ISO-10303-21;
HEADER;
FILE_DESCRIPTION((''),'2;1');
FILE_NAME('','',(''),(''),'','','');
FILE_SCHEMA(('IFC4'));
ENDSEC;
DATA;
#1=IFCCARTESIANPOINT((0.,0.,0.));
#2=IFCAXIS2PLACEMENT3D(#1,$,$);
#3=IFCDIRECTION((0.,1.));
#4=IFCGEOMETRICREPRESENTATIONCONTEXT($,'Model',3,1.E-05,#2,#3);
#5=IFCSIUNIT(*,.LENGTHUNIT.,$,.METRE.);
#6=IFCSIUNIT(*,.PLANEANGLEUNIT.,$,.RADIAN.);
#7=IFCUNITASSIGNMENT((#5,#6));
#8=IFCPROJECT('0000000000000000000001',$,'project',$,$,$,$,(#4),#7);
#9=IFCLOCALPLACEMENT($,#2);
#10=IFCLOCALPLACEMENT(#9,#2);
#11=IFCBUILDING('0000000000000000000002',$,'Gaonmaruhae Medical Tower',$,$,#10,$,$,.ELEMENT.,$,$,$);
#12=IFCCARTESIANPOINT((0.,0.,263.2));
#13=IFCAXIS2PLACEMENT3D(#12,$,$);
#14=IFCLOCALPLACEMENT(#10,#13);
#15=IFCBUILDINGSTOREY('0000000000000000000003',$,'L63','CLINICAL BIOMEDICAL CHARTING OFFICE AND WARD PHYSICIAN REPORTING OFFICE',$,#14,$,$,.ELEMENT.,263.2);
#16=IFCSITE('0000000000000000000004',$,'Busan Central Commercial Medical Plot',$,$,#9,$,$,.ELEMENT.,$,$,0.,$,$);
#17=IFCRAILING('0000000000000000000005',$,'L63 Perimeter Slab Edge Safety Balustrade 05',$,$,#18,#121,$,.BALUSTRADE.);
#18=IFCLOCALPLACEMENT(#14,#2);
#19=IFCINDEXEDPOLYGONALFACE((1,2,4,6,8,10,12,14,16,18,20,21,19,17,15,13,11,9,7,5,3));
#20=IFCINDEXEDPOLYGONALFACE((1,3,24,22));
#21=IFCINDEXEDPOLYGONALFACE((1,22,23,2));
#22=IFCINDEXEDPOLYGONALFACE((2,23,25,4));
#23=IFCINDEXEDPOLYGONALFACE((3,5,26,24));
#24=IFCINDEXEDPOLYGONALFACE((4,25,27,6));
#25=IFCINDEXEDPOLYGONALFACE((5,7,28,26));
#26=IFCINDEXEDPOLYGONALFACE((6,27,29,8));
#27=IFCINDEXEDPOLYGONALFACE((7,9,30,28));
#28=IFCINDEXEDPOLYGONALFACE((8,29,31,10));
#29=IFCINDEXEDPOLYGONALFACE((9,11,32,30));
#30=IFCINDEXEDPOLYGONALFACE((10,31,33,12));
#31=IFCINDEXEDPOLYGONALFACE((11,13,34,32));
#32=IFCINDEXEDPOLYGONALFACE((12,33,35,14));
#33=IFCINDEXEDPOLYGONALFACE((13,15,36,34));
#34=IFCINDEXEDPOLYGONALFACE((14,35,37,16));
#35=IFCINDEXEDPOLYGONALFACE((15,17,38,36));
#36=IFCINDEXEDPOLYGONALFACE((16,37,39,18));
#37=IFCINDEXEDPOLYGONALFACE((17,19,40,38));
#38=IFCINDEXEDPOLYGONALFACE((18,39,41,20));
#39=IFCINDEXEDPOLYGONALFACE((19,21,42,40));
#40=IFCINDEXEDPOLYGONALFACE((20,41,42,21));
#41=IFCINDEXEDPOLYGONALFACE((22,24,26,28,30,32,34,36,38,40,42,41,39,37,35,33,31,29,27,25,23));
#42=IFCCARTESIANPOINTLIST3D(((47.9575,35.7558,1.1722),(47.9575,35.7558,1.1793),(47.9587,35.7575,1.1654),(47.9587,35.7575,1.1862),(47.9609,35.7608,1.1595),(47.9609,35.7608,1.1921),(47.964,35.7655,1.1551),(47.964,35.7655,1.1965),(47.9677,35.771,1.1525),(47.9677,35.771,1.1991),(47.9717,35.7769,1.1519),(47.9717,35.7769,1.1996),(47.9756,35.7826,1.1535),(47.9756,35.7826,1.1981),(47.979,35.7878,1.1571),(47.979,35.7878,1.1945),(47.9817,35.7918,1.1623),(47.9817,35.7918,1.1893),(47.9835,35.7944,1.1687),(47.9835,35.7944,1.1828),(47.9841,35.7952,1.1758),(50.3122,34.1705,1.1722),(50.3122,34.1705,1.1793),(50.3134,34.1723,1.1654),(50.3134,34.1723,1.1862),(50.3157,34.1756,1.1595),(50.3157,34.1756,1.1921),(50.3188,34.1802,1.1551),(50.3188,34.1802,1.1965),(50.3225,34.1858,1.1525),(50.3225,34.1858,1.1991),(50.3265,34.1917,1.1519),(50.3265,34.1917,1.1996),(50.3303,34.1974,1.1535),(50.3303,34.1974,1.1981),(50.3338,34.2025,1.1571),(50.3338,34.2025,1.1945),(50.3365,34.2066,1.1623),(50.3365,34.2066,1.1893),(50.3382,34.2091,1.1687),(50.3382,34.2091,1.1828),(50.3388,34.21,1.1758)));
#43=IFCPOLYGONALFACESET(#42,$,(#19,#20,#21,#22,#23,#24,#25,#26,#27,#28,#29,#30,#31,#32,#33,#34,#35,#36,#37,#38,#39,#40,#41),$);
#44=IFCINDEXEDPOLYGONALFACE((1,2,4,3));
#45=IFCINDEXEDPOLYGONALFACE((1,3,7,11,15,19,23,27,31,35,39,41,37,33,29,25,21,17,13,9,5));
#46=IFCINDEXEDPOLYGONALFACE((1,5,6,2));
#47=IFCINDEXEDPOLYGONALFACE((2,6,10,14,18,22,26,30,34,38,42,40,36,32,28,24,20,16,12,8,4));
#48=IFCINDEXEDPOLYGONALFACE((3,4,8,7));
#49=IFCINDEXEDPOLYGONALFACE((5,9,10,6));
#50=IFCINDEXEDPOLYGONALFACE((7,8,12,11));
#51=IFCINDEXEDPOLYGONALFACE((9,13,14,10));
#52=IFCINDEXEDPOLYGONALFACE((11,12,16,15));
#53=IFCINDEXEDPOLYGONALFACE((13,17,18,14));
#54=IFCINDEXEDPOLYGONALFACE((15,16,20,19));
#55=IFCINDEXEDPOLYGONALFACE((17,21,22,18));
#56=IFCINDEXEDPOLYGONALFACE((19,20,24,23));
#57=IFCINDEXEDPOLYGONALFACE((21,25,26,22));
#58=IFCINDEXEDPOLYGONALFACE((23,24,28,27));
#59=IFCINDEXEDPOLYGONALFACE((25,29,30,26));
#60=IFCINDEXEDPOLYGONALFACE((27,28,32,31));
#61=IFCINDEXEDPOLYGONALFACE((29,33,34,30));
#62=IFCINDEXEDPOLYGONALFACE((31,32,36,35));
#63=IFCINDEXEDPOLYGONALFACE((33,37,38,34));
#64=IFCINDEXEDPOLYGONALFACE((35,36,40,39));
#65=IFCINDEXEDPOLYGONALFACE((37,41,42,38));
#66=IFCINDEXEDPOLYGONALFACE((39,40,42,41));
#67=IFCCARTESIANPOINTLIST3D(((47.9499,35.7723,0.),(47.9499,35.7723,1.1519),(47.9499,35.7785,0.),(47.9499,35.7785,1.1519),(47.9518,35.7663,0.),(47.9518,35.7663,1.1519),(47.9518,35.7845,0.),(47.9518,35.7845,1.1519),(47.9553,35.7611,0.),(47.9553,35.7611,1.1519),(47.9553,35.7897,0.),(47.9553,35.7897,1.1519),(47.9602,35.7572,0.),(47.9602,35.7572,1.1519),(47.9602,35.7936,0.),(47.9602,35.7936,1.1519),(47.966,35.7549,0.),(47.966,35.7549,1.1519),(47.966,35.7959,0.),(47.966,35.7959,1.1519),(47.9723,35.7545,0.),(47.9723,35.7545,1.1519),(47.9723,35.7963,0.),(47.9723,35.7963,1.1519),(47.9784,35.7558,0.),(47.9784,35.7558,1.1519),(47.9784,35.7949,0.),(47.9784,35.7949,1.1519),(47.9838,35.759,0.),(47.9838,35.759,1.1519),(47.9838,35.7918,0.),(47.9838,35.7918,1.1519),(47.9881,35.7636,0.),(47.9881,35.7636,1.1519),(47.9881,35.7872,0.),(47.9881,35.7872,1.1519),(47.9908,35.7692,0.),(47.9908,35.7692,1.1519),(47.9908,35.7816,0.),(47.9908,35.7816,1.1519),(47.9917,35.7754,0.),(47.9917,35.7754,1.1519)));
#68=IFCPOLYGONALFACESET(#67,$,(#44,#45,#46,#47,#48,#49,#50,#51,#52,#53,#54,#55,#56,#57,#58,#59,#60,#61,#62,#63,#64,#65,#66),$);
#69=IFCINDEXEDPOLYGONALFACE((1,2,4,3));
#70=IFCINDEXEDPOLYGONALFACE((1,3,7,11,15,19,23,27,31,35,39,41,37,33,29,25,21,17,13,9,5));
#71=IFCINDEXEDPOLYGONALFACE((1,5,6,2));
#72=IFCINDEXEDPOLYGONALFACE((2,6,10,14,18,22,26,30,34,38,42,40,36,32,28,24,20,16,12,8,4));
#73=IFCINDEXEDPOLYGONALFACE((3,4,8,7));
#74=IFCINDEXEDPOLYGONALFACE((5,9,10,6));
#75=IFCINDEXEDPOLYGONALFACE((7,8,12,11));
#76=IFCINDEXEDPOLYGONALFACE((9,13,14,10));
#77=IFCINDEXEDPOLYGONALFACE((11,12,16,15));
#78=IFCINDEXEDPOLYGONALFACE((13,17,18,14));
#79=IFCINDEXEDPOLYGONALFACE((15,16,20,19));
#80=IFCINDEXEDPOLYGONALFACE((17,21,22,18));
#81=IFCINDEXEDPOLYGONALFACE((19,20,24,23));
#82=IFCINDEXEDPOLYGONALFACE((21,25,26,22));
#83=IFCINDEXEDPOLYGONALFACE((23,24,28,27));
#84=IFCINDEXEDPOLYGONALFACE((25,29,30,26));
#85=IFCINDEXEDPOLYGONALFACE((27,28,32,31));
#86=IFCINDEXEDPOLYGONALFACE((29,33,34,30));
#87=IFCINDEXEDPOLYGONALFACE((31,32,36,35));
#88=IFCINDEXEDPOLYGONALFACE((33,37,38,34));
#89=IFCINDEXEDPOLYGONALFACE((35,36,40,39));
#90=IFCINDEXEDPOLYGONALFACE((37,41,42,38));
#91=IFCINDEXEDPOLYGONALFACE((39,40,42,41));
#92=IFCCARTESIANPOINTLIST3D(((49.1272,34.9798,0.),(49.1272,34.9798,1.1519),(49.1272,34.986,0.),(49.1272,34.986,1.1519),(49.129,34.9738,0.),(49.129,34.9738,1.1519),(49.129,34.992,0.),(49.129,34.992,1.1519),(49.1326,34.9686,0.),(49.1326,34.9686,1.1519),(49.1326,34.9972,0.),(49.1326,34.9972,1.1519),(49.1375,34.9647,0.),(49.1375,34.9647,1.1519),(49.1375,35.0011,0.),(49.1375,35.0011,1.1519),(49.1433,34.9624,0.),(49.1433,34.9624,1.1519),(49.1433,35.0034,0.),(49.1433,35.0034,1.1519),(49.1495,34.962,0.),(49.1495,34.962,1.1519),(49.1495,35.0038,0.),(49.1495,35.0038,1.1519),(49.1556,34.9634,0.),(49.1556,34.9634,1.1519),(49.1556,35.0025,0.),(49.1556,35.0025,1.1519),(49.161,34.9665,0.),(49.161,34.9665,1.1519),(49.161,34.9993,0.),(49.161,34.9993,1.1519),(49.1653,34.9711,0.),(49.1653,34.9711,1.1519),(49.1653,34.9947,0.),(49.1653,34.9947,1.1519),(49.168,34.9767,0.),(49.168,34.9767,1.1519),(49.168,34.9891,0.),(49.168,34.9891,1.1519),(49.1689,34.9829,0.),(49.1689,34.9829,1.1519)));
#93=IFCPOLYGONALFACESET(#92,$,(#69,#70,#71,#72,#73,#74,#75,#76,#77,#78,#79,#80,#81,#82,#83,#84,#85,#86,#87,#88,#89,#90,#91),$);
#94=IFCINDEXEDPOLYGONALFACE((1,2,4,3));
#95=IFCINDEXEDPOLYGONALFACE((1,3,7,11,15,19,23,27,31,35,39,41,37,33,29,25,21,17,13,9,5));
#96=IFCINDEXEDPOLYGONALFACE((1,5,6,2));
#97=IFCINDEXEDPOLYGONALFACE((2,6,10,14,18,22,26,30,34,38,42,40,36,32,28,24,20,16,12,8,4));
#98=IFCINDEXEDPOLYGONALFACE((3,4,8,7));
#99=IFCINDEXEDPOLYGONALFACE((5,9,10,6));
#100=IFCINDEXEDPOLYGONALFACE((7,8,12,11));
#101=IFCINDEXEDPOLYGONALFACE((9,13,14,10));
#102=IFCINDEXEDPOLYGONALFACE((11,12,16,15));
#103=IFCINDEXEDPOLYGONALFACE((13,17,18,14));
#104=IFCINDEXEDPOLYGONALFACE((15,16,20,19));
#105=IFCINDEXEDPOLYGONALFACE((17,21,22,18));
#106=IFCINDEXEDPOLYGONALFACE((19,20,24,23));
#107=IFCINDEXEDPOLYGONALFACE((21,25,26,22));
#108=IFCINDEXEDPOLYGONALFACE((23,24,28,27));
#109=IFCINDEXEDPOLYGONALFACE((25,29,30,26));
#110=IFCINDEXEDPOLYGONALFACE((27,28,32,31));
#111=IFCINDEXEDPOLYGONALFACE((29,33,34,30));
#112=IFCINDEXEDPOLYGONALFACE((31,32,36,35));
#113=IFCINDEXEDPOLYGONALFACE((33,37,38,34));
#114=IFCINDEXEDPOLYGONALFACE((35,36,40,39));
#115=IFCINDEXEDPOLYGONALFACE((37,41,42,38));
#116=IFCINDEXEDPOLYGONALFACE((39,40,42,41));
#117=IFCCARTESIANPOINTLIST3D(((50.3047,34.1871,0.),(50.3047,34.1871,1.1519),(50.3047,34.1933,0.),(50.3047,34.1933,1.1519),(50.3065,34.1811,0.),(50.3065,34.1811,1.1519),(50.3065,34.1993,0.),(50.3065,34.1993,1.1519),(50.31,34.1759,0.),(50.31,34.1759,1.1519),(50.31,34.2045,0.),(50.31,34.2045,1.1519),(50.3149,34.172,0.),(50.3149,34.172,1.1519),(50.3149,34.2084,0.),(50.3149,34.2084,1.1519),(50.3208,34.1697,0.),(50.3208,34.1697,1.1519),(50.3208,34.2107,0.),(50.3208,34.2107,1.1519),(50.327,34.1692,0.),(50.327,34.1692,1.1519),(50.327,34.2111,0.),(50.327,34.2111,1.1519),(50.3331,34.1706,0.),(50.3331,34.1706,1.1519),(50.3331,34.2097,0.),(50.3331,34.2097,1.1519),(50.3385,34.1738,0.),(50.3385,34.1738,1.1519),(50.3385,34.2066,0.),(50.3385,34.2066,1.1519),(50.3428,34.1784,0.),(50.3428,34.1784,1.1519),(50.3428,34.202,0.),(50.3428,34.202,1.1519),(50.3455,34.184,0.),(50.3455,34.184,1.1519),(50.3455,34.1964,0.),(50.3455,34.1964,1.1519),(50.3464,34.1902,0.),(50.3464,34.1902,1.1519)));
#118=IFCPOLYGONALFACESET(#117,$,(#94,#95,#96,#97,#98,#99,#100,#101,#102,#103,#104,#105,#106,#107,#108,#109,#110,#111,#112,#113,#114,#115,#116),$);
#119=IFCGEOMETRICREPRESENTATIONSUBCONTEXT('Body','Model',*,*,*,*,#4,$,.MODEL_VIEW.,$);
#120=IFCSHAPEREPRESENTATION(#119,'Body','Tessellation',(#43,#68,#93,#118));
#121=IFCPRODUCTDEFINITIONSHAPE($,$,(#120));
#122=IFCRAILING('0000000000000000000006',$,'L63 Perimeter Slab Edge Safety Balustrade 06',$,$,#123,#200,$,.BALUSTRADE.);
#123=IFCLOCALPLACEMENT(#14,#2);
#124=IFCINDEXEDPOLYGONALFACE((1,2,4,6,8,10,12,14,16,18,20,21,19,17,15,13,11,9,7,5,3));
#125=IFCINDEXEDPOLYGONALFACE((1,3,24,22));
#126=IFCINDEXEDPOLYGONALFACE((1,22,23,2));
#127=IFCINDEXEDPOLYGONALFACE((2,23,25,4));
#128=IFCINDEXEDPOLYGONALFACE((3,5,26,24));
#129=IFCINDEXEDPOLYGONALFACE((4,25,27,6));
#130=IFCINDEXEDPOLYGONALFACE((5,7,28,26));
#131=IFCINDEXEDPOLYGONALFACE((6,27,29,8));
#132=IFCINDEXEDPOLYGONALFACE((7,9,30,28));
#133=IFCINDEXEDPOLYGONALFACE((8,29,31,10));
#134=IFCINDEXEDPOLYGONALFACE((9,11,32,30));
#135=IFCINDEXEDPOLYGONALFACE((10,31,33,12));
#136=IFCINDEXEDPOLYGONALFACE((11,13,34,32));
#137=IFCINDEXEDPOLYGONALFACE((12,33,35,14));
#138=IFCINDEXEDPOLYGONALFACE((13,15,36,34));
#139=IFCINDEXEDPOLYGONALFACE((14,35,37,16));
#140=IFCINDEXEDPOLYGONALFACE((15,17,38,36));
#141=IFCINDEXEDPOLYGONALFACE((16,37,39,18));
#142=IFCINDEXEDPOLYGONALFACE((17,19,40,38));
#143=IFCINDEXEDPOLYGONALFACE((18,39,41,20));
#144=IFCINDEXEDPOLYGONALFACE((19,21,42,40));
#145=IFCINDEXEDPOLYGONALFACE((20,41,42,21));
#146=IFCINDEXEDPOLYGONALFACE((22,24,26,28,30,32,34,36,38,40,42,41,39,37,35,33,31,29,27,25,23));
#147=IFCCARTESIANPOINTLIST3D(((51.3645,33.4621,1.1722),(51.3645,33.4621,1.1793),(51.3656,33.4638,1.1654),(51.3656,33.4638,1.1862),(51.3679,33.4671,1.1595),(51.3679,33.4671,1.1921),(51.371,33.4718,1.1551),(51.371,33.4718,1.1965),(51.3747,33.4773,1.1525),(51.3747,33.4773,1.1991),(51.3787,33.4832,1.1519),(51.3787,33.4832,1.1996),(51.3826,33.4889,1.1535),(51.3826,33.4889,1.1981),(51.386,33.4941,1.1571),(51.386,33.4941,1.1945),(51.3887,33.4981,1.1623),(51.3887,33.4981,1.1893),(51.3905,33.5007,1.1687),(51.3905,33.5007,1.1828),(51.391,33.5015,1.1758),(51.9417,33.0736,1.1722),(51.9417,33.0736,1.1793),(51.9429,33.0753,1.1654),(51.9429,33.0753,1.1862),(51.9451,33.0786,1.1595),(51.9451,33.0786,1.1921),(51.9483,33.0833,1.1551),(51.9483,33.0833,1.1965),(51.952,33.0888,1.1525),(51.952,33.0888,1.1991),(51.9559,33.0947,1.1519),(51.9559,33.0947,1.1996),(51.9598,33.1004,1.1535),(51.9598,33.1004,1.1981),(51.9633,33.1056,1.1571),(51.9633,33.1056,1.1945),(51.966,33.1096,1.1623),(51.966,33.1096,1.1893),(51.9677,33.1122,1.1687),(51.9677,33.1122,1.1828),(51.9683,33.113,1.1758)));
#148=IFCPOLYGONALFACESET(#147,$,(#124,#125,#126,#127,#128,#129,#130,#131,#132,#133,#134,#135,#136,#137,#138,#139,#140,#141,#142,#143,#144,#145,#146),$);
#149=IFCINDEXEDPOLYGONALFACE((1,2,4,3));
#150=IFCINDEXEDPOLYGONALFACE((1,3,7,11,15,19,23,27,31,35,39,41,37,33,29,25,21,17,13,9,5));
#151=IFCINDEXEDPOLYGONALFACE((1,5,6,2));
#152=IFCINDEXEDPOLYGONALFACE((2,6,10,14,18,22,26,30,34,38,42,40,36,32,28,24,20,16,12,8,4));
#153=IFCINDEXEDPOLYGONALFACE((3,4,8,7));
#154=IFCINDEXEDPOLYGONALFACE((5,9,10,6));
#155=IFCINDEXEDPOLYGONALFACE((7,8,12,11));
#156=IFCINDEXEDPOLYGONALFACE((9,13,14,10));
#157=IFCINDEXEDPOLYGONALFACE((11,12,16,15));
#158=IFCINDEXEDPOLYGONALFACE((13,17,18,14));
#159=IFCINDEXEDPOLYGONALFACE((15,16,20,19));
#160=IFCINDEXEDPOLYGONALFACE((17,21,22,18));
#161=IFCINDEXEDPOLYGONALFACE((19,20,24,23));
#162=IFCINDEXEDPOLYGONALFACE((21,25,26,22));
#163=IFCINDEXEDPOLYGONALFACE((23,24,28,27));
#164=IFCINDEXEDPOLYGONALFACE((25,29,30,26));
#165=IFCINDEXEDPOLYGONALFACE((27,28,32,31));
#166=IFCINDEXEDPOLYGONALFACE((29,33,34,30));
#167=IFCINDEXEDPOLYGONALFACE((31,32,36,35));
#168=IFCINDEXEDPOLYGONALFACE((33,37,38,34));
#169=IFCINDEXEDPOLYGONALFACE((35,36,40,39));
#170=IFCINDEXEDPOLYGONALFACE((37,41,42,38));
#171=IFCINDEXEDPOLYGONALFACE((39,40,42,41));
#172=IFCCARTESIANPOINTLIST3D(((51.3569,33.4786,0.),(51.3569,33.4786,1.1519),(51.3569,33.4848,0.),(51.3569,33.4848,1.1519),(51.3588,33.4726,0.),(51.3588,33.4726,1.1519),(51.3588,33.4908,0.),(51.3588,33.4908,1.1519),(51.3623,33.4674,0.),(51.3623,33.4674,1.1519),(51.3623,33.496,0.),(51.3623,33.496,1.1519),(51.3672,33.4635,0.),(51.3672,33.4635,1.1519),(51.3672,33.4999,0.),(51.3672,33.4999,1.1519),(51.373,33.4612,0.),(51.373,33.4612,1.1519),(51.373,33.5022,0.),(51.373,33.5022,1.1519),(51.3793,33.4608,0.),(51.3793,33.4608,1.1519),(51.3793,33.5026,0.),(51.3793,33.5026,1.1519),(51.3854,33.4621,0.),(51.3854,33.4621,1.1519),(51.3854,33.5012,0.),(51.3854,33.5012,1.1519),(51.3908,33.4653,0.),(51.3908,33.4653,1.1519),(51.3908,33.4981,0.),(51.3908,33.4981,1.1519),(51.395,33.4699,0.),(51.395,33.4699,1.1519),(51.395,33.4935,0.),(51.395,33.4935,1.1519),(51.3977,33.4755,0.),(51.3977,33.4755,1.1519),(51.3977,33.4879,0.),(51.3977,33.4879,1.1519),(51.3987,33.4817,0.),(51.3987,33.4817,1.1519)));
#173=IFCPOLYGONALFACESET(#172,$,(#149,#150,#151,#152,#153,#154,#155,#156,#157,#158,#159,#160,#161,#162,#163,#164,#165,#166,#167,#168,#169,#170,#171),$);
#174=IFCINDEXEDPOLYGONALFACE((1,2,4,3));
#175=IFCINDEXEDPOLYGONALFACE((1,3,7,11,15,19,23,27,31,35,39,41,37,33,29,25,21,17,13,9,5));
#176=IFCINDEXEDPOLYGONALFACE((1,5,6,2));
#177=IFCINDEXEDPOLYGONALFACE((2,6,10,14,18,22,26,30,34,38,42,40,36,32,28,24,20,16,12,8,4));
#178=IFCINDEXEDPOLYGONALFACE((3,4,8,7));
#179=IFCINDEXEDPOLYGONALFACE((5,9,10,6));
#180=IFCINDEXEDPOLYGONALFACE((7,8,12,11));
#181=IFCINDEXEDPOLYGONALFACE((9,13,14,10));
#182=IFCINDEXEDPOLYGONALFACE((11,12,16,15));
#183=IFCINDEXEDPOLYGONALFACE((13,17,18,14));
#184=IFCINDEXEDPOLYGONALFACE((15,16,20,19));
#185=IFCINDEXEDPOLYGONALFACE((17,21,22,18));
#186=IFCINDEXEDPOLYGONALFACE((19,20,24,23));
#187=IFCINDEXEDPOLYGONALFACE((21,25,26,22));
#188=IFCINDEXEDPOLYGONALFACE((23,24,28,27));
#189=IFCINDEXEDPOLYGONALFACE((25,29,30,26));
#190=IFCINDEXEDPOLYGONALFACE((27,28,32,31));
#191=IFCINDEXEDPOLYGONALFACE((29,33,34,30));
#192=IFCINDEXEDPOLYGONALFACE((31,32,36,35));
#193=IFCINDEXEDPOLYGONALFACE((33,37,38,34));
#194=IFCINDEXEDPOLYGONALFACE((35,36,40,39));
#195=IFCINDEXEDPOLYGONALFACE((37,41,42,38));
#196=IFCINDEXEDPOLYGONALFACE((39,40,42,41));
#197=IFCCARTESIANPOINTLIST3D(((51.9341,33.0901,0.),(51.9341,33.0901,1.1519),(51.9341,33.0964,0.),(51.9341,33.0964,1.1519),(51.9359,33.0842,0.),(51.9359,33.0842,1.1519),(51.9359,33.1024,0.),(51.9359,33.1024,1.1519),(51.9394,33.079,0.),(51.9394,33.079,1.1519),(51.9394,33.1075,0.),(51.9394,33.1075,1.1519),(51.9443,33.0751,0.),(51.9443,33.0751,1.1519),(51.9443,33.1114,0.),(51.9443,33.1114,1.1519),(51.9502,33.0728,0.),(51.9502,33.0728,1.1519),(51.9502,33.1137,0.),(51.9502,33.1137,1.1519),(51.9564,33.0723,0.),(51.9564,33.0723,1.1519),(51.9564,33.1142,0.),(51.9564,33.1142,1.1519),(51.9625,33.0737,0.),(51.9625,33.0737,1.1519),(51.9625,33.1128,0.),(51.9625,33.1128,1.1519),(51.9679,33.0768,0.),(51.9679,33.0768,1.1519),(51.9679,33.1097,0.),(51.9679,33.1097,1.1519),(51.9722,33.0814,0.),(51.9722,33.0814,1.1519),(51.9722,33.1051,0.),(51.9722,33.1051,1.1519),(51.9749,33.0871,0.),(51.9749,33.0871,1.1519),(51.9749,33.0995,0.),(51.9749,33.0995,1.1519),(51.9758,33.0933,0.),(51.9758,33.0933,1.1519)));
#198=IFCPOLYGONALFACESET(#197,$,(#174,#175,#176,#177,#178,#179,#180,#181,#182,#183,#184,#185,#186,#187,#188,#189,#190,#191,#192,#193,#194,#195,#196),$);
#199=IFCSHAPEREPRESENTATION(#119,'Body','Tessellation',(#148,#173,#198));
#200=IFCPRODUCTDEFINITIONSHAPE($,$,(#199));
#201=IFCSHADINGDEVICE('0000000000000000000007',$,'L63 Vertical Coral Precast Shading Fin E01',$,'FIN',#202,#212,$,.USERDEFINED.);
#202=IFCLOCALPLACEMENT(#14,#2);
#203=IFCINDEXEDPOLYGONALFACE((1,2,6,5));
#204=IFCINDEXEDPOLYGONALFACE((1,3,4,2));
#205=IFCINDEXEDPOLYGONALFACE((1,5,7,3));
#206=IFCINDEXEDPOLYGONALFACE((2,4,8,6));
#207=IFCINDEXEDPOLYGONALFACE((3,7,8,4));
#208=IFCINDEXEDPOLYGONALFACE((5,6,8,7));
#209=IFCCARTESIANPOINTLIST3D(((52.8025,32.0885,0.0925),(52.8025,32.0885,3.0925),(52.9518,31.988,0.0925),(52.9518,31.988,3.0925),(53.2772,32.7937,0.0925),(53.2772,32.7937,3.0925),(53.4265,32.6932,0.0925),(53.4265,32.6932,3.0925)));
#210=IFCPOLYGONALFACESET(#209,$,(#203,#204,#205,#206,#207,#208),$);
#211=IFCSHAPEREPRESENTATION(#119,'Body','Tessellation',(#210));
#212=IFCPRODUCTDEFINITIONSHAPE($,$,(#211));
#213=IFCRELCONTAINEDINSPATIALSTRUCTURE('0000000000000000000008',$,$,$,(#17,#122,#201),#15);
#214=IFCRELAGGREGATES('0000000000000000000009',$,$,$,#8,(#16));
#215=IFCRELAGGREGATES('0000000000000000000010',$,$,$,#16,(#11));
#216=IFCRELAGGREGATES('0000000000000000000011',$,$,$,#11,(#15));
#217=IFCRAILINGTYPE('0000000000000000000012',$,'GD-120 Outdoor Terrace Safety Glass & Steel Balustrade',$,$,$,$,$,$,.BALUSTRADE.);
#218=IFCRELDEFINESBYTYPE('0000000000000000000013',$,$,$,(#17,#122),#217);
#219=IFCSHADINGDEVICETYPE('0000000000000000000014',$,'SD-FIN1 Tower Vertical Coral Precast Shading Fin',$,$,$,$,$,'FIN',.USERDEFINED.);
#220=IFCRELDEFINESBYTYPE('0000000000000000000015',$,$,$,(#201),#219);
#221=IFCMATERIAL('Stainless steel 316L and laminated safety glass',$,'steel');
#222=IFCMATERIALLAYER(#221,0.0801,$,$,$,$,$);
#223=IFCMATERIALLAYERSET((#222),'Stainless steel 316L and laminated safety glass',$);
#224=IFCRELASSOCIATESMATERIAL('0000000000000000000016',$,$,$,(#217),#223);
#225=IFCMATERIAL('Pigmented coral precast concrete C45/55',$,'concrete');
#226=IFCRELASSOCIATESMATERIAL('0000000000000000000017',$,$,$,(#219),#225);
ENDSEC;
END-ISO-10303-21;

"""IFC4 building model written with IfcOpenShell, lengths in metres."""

from ifc_helpers import new_model, si_unit, direction, frame, origin, origin_2d, place, context, subcontext, project, spatial, rectangle, circle, extrude, material, layer, layer_set, type_object, element, save


model = new_model("IFC4")

# Units and contexts
model_context = context("Model", 3, precision=1e-05, world=origin(), true_north=direction((0.0, 1.0)))
body_context = subcontext(model_context, "Body", "Model", "MODEL_VIEW")
ifc_project = project(units=[si_unit("LENGTHUNIT", "METRE"), si_unit("PLANEANGLEUNIT", "RADIAN")], contexts=[model_context])

# Site, building, storey
site_placement = place(None, origin())
site = spatial("IfcSite", under=ifc_project, at=site_placement, Name="Busan Central Commercial Medical Plot", CompositionType="ELEMENT", RefElevation=0.0)
building_placement = place(site_placement, origin())
building = spatial("IfcBuilding", under=site, at=building_placement, Name="Gaonmaruhae Medical Tower", CompositionType="ELEMENT")
storey_placement = place(building_placement, frame((0.0, 0.0, 263.2)))
storey = spatial("IfcBuildingStorey", under=building, at=storey_placement, Name="L63", Description="CLINICAL BIOMEDICAL CHARTING OFFICE AND WARD PHYSICIAN REPORTING OFFICE", CompositionType="ELEMENT", Elevation=263.2)

# Railings
ifc_material_1 = material(Name="Stainless steel 316L and laminated safety glass", Category="steel")
ifc_layer_1 = layer(ifc_material_1, 0.0801)
ifc_layer_set_1 = layer_set([ifc_layer_1], Name="Stainless steel 316L and laminated safety glass")
railing_type = type_object("IfcRailingType", Name="GD-120 Outdoor Terrace Safety Glass & Steel Balustrade", PredefinedType="BALUSTRADE", material=ifc_layer_set_1)
railing_1_placement = place(storey_placement, frame((47.9707, 35.7754, 0.0)))
element("IfcRailing", 1, at=railing_1_placement, inside=storey, type_object=railing_type, Name="L63 Perimeter Slab Edge Safety Balustrade 05", PredefinedType="BALUSTRADE", context=body_context, shape_type="SweptSolid", body=[
    extrude(circle(Radius=0.0239, at=origin_2d()), frame((0.0, 0.0, 1.1758), z_axis=(0.829541, -0.558446, 0.0), x_axis=(0.558446, 0.829541, 0.0)), (0.0, 0.0, 1.0), 2.8386),
    extrude(circle(Radius=0.021, at=origin_2d()), origin(), (0.0, 0.0, 1.0), 1.1519),
    extrude(circle(Radius=0.021, at=origin_2d()), frame((1.1772, -0.7925, 0.0)), (0.0, 0.0, 1.0), 1.1519),
    extrude(circle(Radius=0.021, at=origin_2d()), frame((2.3547, -1.5852, 0.0)), (0.0, 0.0, 1.0), 1.1519),
])
railing_2_placement = place(storey_placement, frame((51.3777, 33.4817, 0.0)))
element("IfcRailing", 2, at=railing_2_placement, inside=storey, type_object=railing_type, Name="L63 Perimeter Slab Edge Safety Balustrade 06", PredefinedType="BALUSTRADE", context=body_context, shape_type="SweptSolid", body=[
    extrude(circle(Radius=0.0239, at=origin_2d()), frame((0.0, 0.0, 1.1758), z_axis=(0.829613, -0.558339, 0.0), x_axis=(0.558339, 0.829613, 0.0)), (0.0, 0.0, 1.0), 0.6958),
    extrude(circle(Radius=0.021, at=origin_2d()), origin(), (0.0, 0.0, 1.0), 1.1519),
    extrude(circle(Radius=0.021, at=origin_2d()), frame((0.5771, -0.3884, 0.0)), (0.0, 0.0, 1.0), 1.1519),
])

# Shading device
ifc_material_2 = material(Name="Pigmented coral precast concrete C45/55", Category="concrete")
shading_device_type = type_object("IfcShadingDeviceType", Name="SD-FIN1 Tower Vertical Coral Precast Shading Fin", ElementType="FIN", PredefinedType="USERDEFINED", material=ifc_material_2)
for number, where, z_axis, x_axis, name in (
    (3, (53.1145, 32.3909, 0.0925), (0.0, 0.0, 1.0), (0.829525, -0.558469, 0.0), "L63 Vertical Coral Precast Shading Fin E01"),
):
    element("IfcShadingDevice", number, at=place(storey_placement, frame(where, z_axis=z_axis, x_axis=x_axis)), inside=storey, type_object=shading_device_type, Name=name, ObjectType="FIN", PredefinedType="USERDEFINED", context=body_context, shape_type="SweptSolid", body=[
        extrude(rectangle(XDim=0.1799, YDim=0.8501, at=origin_2d()), origin(), (0.0, 0.0, 1.0), 3.0),
    ])

save(model, "model.ifc")
